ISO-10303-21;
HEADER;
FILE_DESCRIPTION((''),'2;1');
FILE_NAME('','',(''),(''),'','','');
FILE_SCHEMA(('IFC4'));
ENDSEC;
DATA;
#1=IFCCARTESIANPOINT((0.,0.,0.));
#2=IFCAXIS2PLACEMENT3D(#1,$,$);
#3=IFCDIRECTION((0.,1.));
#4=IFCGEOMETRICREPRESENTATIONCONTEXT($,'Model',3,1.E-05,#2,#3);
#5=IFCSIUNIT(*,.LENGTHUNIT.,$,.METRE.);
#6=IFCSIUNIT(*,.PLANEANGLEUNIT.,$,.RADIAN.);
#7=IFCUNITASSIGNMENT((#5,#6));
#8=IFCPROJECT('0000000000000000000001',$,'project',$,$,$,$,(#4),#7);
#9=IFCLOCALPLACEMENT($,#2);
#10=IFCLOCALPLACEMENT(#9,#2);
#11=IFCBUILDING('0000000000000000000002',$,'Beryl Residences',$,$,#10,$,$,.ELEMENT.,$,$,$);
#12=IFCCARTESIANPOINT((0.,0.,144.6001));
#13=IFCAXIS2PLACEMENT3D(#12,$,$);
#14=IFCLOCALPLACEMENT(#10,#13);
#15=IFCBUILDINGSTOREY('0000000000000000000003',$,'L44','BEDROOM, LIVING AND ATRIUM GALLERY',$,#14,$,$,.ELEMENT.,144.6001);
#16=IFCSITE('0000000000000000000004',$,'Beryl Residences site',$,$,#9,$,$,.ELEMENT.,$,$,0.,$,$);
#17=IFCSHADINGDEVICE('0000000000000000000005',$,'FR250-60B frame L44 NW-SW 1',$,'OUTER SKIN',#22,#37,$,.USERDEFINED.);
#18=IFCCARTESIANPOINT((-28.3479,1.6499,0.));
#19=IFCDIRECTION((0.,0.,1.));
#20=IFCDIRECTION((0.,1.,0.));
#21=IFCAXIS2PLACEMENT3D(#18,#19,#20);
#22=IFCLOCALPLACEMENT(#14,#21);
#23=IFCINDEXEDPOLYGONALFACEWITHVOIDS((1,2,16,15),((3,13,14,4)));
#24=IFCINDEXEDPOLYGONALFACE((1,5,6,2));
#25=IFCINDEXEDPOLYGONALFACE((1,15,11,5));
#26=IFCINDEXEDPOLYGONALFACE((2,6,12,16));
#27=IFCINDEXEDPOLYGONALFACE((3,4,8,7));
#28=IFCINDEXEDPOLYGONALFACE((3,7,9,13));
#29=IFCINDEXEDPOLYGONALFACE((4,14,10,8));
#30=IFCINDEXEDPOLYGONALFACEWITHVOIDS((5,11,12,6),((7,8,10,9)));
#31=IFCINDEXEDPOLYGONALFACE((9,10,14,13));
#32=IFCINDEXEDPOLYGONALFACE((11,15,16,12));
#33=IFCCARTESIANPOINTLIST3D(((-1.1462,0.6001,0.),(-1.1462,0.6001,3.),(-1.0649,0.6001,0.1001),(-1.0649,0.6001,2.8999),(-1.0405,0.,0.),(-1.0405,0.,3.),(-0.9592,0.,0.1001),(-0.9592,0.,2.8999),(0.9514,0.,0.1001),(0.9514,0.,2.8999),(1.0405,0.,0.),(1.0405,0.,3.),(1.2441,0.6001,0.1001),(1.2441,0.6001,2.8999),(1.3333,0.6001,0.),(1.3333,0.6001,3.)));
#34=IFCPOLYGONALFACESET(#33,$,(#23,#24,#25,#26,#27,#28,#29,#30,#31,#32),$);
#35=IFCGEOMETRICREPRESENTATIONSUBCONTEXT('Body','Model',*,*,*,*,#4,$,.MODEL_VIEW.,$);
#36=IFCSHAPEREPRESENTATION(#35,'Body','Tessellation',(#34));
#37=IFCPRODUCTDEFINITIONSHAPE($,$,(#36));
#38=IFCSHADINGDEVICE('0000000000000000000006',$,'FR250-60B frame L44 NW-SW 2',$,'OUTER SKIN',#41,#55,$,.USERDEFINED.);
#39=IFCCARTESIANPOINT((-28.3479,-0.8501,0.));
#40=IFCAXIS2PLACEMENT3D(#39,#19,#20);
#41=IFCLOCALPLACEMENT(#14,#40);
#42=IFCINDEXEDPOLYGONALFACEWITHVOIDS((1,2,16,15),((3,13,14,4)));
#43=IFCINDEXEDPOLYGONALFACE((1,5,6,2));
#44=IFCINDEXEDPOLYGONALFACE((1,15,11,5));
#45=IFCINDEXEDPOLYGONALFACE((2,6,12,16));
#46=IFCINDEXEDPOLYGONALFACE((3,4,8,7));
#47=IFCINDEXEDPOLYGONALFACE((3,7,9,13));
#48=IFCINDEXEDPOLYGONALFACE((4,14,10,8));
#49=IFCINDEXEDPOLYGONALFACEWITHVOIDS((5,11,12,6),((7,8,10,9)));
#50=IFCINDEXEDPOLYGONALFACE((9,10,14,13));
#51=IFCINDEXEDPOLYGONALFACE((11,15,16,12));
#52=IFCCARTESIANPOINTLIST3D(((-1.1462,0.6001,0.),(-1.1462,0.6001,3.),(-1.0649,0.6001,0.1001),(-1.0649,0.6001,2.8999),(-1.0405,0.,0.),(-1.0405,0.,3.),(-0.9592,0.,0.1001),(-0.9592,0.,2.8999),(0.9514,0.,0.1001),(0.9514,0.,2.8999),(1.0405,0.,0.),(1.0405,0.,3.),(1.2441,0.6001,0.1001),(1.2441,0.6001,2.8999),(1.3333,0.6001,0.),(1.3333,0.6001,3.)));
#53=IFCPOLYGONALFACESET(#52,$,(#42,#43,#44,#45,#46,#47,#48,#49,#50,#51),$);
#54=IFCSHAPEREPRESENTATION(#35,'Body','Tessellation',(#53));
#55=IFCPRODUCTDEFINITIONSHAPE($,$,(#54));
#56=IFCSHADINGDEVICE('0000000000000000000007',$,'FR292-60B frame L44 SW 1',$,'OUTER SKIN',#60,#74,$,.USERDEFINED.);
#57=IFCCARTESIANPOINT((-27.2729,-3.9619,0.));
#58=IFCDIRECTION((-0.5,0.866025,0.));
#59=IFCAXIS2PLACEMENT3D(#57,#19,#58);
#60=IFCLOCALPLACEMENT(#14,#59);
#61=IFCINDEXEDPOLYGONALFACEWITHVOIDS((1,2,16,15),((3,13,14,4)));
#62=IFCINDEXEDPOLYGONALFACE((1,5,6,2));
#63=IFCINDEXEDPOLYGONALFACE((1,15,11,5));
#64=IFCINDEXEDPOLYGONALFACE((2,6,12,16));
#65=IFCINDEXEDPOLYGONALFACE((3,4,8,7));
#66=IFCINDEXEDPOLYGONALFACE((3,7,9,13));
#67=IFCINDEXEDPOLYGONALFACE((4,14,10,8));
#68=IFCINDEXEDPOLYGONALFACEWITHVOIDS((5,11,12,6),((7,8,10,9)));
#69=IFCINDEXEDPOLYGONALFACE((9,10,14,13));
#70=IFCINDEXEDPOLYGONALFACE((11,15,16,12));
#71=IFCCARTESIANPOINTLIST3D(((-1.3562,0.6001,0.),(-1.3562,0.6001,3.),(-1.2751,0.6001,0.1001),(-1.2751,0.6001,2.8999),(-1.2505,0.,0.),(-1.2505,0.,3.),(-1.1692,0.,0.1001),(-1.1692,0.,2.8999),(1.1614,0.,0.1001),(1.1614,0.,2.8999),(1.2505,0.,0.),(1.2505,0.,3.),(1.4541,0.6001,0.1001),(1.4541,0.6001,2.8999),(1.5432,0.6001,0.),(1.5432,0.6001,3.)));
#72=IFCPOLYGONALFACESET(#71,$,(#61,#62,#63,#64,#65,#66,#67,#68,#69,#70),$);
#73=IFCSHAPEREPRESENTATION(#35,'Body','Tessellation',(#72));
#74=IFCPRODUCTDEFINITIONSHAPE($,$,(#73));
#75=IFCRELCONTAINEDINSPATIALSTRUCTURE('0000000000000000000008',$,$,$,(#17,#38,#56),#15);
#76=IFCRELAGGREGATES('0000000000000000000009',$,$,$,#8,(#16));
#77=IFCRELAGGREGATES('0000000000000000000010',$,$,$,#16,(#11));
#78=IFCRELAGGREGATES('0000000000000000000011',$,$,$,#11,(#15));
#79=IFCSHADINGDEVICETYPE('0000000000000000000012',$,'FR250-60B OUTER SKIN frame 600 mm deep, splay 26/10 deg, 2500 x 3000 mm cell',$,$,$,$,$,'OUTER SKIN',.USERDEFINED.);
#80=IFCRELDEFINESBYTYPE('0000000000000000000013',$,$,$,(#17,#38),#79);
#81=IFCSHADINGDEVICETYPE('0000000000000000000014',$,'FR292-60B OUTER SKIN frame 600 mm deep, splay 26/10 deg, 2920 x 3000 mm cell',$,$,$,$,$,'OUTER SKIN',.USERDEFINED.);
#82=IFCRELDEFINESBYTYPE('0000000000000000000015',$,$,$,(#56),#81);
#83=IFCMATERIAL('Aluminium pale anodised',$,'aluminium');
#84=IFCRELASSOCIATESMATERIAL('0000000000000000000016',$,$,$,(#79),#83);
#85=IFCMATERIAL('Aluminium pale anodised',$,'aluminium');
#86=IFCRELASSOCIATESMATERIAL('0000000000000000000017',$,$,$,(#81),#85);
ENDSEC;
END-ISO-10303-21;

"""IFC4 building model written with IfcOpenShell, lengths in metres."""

from ifc_helpers import new_model, entity, si_unit, direction, frame, origin, place, context, subcontext, project, spatial, source, transform, mapped, material, type_object, type_shapes, element, save


model = new_model("IFC4")

# Units and contexts
model_context = context("Model", 3, precision=1e-05, world=origin(), true_north=direction((0.0, 1.0)))
body_context = subcontext(model_context, "Body", "Model", "MODEL_VIEW")
ifc_project = project(units=[si_unit("LENGTHUNIT", "METRE"), si_unit("PLANEANGLEUNIT", "RADIAN")], contexts=[model_context])

# Site, building, storey
site_placement = place(None, origin())
site = spatial("IfcSite", under=ifc_project, at=site_placement, Name="Beryl Residences site", CompositionType="ELEMENT", RefElevation=0.0)
building_placement = place(site_placement, origin())
building = spatial("IfcBuilding", under=site, at=building_placement, Name="Beryl Residences", CompositionType="ELEMENT")
storey_placement = place(building_placement, frame((0.0, 0.0, 144.6001)))
storey = spatial("IfcBuildingStorey", under=building, at=storey_placement, Name="L44", Description="BEDROOM, LIVING AND ATRIUM GALLERY", CompositionType="ELEMENT", Elevation=144.6001)

# Shading devices
ifc_material_1 = material(Name="Aluminium pale anodised", Category="aluminium")
shading_device_type_1 = type_object("IfcShadingDeviceType", Name="FR250-60B OUTER SKIN frame 600 mm deep, splay 26/10 deg, 2500 x 3000 mm cell", ElementType="OUTER SKIN", PredefinedType="USERDEFINED", material=ifc_material_1)
cartesian_point_1 = entity("IfcCartesianPoint", [-1.0405, 0.0])
cartesian_point_2 = entity("IfcCartesianPoint", [-0.9514, 0.1001])
cartesian_point_3 = entity("IfcCartesianPoint", [-1.3333, 0.0])
cartesian_point_4 = entity("IfcCartesianPoint", [-1.2441, 0.1001])
shared_shape_1 = source(origin(), body_context, "Body", "SweptSolid", [
    entity("IfcExtrudedAreaSolidTapered", entity("IfcArbitraryProfileDefWithVoids", "AREA", None, entity("IfcPolyline", [cartesian_point_1, entity("IfcCartesianPoint", [1.0405, 0.0]), entity("IfcCartesianPoint", [1.0405, 3.0]), entity("IfcCartesianPoint", [-1.0405, 3.0]), cartesian_point_1]), [entity("IfcPolyline", [cartesian_point_2, entity("IfcCartesianPoint", [0.9592, 0.1001]), entity("IfcCartesianPoint", [0.9592, 2.8999]), entity("IfcCartesianPoint", [-0.9514, 2.8999]), cartesian_point_2])]), entity("IfcAxis2Placement3D", entity("IfcCartesianPoint", [0.0, 0.0, 0.0]), entity("IfcDirection", [0.0, 1.0, 0.0]), entity("IfcDirection", [-1.0, 0.0, 0.0])), entity("IfcDirection", [0.0, 0.0, 1.0]), 0.6001, entity("IfcArbitraryProfileDefWithVoids", "AREA", None, entity("IfcPolyline", [cartesian_point_3, entity("IfcCartesianPoint", [1.1462, 0.0]), entity("IfcCartesianPoint", [1.1462, 3.0]), entity("IfcCartesianPoint", [-1.3333, 3.0]), cartesian_point_3]), [entity("IfcPolyline", [cartesian_point_4, entity("IfcCartesianPoint", [1.0649, 0.1001]), entity("IfcCartesianPoint", [1.0649, 2.8999]), entity("IfcCartesianPoint", [-1.2441, 2.8999]), cartesian_point_4])])),
])
type_shapes(shading_device_type_1, [shared_shape_1])
for number, where, z_axis, x_axis, name in (
    (1, (-28.3479, 1.6499, 0.0), (0.0, 0.0, 1.0), (0.0, 1.0, 0.0), "FR250-60B frame L44 NW-SW 1"),
    (2, (-28.3479, -0.8501, 0.0), (0.0, 0.0, 1.0), (0.0, 1.0, 0.0), "FR250-60B frame L44 NW-SW 2"),
):
    element("IfcShadingDevice", number, at=place(storey_placement, frame(where, z_axis=z_axis, x_axis=x_axis)), inside=storey, type_object=shading_device_type_1, Name=name, ObjectType="OUTER SKIN", PredefinedType="USERDEFINED", context=body_context, shape_type="MappedRepresentation", body=[
        mapped(shared_shape_1, transform((0.0, 0.0, 0.0))),
    ])
ifc_material_2 = material(Name="Aluminium pale anodised", Category="aluminium")
shading_device_type_2 = type_object("IfcShadingDeviceType", Name="FR292-60B OUTER SKIN frame 600 mm deep, splay 26/10 deg, 2920 x 3000 mm cell", ElementType="OUTER SKIN", PredefinedType="USERDEFINED", material=ifc_material_2)
cartesian_point_5 = entity("IfcCartesianPoint", [-1.2505, 0.0])
cartesian_point_6 = entity("IfcCartesianPoint", [-1.1614, 0.1001])
cartesian_point_7 = entity("IfcCartesianPoint", [-1.5432, 0.0])
cartesian_point_8 = entity("IfcCartesianPoint", [-1.4541, 0.1001])
shared_shape_2 = source(origin(), body_context, "Body", "SweptSolid", [
    entity("IfcExtrudedAreaSolidTapered", entity("IfcArbitraryProfileDefWithVoids", "AREA", None, entity("IfcPolyline", [cartesian_point_5, entity("IfcCartesianPoint", [1.2505, 0.0]), entity("IfcCartesianPoint", [1.2505, 3.0]), entity("IfcCartesianPoint", [-1.2505, 3.0]), cartesian_point_5]), [entity("IfcPolyline", [cartesian_point_6, entity("IfcCartesianPoint", [1.1692, 0.1001]), entity("IfcCartesianPoint", [1.1692, 2.8999]), entity("IfcCartesianPoint", [-1.1614, 2.8999]), cartesian_point_6])]), entity("IfcAxis2Placement3D", entity("IfcCartesianPoint", [0.0, 0.0, 0.0]), entity("IfcDirection", [0.0, 1.0, 0.0]), entity("IfcDirection", [-1.0, 0.0, 0.0])), entity("IfcDirection", [0.0, 0.0, 1.0]), 0.6001, entity("IfcArbitraryProfileDefWithVoids", "AREA", None, entity("IfcPolyline", [cartesian_point_7, entity("IfcCartesianPoint", [1.3562, 0.0]), entity("IfcCartesianPoint", [1.3562, 3.0]), entity("IfcCartesianPoint", [-1.5432, 3.0]), cartesian_point_7]), [entity("IfcPolyline", [cartesian_point_8, entity("IfcCartesianPoint", [1.2751, 0.1001]), entity("IfcCartesianPoint", [1.2751, 2.8999]), entity("IfcCartesianPoint", [-1.4541, 2.8999]), cartesian_point_8])])),
])
type_shapes(shading_device_type_2, [shared_shape_2])
shading_device_placement = place(storey_placement, frame((-27.2729, -3.9619, 0.0), z_axis=(0.0, 0.0, 1.0), x_axis=(-0.5, 0.866025, 0.0)))
element("IfcShadingDevice", 3, at=shading_device_placement, inside=storey, type_object=shading_device_type_2, Name="FR292-60B frame L44 SW 1", ObjectType="OUTER SKIN", PredefinedType="USERDEFINED", context=body_context, shape_type="MappedRepresentation", body=[
    mapped(shared_shape_2, transform((0.0, 0.0, 0.0))),
])

save(model, "model.ifc")
